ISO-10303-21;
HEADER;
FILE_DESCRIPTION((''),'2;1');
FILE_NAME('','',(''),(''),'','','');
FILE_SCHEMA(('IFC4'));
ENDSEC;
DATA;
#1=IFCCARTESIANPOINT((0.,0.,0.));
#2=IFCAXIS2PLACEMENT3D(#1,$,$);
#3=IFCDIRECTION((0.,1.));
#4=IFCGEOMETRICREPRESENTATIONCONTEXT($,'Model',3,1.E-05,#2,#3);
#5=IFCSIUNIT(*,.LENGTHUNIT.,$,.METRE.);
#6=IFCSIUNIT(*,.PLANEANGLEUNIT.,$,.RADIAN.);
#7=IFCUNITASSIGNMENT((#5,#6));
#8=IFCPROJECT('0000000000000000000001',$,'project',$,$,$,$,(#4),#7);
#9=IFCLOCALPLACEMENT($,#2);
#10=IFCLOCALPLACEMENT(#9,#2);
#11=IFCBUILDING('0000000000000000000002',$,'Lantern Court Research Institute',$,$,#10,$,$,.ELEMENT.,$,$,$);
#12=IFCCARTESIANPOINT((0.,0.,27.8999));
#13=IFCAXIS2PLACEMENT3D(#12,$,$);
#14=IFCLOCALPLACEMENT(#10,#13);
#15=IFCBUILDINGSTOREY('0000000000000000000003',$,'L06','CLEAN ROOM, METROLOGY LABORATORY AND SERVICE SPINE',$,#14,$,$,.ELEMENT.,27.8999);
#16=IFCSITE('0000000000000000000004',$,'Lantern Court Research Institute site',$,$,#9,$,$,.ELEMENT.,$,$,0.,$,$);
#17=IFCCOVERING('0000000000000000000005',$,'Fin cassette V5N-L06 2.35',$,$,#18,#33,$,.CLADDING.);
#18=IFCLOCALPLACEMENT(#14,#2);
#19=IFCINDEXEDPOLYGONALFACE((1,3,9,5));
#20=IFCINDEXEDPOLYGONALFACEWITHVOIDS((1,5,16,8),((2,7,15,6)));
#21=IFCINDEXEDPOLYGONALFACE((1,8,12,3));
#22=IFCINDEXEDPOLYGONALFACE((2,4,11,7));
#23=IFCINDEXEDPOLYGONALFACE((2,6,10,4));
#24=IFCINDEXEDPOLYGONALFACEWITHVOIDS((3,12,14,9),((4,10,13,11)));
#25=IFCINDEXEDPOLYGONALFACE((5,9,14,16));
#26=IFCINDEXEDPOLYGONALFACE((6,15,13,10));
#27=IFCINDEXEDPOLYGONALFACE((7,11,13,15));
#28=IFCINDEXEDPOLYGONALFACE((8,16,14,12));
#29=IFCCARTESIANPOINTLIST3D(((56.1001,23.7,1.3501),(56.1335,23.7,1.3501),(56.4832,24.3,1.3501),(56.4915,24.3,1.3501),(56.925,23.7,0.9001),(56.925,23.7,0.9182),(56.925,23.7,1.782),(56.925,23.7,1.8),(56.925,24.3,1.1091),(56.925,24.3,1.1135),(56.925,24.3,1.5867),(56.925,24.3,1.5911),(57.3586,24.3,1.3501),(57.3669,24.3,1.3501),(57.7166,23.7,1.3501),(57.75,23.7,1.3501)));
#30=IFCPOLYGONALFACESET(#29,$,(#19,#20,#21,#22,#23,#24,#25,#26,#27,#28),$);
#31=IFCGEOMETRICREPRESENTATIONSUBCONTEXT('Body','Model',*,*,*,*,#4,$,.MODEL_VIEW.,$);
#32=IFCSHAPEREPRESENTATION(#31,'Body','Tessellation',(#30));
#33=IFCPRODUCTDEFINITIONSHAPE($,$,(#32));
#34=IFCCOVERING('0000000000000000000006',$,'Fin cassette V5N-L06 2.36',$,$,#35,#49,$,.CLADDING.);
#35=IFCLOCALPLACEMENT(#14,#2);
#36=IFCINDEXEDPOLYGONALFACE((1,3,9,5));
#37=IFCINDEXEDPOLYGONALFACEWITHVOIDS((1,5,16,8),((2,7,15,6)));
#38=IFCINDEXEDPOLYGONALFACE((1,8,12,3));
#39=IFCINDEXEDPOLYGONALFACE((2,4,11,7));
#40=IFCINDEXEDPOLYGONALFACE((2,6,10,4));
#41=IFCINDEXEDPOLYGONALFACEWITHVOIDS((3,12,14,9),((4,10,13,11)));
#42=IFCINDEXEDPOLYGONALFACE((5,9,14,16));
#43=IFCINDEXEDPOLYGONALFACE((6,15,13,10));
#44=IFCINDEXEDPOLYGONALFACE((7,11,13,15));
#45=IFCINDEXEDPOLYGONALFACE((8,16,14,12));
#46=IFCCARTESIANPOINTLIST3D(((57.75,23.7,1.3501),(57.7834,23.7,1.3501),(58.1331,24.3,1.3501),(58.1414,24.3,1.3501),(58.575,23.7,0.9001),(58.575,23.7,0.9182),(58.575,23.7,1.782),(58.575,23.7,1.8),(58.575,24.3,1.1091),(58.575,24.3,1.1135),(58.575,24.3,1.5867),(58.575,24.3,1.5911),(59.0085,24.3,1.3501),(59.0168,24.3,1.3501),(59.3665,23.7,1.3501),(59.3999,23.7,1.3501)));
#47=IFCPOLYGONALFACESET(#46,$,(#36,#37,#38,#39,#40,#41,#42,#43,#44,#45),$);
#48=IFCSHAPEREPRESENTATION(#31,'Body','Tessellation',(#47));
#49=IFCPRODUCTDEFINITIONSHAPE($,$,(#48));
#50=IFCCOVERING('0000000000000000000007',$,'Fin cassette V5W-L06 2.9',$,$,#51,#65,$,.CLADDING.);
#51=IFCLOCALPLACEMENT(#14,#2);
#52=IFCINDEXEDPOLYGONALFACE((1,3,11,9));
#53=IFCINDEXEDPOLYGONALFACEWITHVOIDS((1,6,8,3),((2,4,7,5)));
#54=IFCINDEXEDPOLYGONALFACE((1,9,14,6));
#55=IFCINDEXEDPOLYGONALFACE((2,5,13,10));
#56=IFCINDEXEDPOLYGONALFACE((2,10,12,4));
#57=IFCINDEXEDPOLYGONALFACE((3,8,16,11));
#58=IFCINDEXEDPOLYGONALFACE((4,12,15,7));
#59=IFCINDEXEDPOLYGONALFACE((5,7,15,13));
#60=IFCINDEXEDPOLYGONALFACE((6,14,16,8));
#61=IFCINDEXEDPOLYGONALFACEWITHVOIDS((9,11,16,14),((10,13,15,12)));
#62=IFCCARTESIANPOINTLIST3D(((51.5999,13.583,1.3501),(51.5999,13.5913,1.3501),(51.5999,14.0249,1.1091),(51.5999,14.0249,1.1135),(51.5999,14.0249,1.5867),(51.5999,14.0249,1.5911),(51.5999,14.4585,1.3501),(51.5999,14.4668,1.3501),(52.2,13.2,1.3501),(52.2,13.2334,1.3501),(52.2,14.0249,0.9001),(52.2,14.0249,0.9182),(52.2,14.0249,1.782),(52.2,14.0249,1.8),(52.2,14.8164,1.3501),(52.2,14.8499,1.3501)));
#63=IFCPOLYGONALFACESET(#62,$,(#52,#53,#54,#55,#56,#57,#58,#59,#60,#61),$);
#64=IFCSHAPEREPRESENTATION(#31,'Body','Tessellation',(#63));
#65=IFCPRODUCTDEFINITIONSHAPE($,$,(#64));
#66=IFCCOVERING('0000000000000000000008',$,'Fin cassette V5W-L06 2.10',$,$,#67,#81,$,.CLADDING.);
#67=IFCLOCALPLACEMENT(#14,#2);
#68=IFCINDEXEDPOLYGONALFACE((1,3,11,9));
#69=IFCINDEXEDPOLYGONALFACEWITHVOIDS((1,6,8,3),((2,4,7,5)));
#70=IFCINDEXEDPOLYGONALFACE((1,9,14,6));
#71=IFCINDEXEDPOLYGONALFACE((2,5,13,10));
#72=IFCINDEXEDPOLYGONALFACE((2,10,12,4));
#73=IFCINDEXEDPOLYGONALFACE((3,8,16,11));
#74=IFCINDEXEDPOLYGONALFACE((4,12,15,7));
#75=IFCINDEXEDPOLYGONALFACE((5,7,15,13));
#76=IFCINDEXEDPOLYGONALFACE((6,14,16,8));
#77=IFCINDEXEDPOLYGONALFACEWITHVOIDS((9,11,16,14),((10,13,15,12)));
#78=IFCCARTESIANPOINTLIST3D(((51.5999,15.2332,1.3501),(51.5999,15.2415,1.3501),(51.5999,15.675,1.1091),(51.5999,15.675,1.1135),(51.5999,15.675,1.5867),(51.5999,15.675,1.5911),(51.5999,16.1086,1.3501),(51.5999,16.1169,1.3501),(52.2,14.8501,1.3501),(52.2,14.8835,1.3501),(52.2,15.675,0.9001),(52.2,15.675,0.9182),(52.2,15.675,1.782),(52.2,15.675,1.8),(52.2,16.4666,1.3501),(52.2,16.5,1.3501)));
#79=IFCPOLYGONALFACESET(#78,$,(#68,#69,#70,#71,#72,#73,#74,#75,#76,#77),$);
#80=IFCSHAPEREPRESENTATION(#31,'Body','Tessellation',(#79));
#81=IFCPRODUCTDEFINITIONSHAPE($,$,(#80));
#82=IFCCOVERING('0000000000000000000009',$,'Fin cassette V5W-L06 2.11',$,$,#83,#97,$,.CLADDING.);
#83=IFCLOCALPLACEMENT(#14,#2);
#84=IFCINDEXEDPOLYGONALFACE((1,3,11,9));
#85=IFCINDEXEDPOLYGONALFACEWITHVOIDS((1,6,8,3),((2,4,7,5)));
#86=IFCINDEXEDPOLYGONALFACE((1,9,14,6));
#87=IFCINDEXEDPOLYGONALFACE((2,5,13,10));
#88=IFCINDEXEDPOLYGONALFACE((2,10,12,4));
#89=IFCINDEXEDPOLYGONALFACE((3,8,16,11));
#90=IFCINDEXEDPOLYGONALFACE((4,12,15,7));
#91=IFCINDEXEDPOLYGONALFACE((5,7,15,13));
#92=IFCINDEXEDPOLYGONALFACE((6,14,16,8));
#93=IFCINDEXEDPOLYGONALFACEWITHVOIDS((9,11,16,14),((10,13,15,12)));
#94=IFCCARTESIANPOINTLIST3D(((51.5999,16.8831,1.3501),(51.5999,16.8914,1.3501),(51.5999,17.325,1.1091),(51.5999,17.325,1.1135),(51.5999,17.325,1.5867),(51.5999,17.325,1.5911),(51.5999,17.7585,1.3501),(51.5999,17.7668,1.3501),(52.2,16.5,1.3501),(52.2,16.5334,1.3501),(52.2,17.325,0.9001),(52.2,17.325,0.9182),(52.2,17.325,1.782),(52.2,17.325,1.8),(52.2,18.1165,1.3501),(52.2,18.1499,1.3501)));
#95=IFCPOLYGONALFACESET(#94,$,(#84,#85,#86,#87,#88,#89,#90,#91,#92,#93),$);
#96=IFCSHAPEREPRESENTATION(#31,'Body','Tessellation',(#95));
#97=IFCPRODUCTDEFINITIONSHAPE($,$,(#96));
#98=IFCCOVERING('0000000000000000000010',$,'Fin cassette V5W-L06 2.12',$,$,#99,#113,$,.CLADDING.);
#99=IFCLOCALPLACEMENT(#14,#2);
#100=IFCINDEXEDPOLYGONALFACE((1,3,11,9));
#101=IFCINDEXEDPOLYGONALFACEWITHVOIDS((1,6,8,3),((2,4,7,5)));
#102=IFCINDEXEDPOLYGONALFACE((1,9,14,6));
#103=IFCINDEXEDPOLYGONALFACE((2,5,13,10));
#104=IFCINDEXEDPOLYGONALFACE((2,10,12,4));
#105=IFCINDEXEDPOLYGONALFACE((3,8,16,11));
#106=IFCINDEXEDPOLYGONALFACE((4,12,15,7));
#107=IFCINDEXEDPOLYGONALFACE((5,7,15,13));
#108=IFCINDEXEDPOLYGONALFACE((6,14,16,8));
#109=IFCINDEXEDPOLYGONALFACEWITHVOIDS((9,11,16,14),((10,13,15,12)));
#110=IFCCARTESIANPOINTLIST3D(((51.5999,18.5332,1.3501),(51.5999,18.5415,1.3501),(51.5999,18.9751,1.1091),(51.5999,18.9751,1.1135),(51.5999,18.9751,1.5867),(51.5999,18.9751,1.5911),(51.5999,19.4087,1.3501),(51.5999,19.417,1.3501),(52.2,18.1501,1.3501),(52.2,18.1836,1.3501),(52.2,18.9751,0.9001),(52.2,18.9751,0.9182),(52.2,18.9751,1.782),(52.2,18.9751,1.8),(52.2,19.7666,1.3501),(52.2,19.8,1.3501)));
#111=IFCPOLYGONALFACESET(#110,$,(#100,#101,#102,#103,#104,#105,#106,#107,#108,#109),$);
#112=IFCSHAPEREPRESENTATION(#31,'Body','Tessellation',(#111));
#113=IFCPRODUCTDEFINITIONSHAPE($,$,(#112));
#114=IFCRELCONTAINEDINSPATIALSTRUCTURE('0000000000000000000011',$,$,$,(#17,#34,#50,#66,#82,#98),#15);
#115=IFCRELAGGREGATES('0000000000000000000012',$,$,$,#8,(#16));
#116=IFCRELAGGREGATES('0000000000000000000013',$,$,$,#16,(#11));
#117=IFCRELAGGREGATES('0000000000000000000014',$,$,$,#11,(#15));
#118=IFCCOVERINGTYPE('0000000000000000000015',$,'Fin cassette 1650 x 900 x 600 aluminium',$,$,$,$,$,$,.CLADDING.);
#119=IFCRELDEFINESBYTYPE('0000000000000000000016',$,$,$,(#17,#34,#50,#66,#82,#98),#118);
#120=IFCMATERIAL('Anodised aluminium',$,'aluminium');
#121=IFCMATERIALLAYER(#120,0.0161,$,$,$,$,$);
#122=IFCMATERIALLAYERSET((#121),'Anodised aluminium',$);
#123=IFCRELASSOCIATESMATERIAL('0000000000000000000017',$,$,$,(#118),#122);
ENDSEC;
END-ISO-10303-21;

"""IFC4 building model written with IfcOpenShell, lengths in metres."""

from ifc_helpers import new_model, entity, si_unit, direction, frame, origin, place, context, subcontext, project, spatial, material, layer, layer_set, type_object, element, save


model = new_model("IFC4")

# Units and contexts
model_context = context("Model", 3, precision=1e-05, world=origin(), true_north=direction((0.0, 1.0)))
body_context = subcontext(model_context, "Body", "Model", "MODEL_VIEW")
ifc_project = project(units=[si_unit("LENGTHUNIT", "METRE"), si_unit("PLANEANGLEUNIT", "RADIAN")], contexts=[model_context])

# Site, building, storey
site_placement = place(None, origin())
site = spatial("IfcSite", under=ifc_project, at=site_placement, Name="Lantern Court Research Institute site", CompositionType="ELEMENT", RefElevation=0.0)
building_placement = place(site_placement, origin())
building = spatial("IfcBuilding", under=site, at=building_placement, Name="Lantern Court Research Institute", CompositionType="ELEMENT")
storey_placement = place(building_placement, frame((0.0, 0.0, 27.8999)))
storey = spatial("IfcBuildingStorey", under=building, at=storey_placement, Name="L06", Description="CLEAN ROOM, METROLOGY LABORATORY AND SERVICE SPINE", CompositionType="ELEMENT", Elevation=27.8999)

# Coverings
ifc_material_1 = material(Name="Anodised aluminium", Category="aluminium")
ifc_layer_1 = layer(ifc_material_1, 0.0161)
ifc_layer_set_1 = layer_set([ifc_layer_1], Name="Anodised aluminium")
covering_type = type_object("IfcCoveringType", Name="Fin cassette 1650 x 900 x 600 aluminium", PredefinedType="CLADDING", material=ifc_layer_set_1)
covering_1_placement = place(storey_placement, frame((56.925, 23.7, 1.3501), z_axis=(0.0, 1.0, 0.0), x_axis=(-1.0, 0.0, 0.0)))
cartesian_point_1 = entity("IfcCartesianPoint", [0.825, 0.0])
cartesian_point_2 = entity("IfcCartesianPoint", [0.7915, 0.0])
cartesian_point_3 = entity("IfcCartesianPoint", [0.4419, 0.0])
cartesian_point_4 = entity("IfcCartesianPoint", [0.4336, 0.0])
element("IfcCovering", 1, at=covering_1_placement, inside=storey, type_object=covering_type, Name="Fin cassette V5N-L06 2.35", PredefinedType="CLADDING", context=body_context, shape_type="SweptSolid", body=[
    entity("IfcExtrudedAreaSolidTapered", entity("IfcArbitraryProfileDefWithVoids", "AREA", None, entity("IfcPolyline", [cartesian_point_1, entity("IfcCartesianPoint", [0.0, 0.45]), entity("IfcCartesianPoint", [-0.825, 0.0]), entity("IfcCartesianPoint", [0.0, -0.45]), cartesian_point_1]), [entity("IfcPolyline", [cartesian_point_2, entity("IfcCartesianPoint", [0.0, 0.4319]), entity("IfcCartesianPoint", [-0.7915, 0.0]), entity("IfcCartesianPoint", [0.0, -0.4319]), cartesian_point_2])]), entity("IfcAxis2Placement3D", entity("IfcCartesianPoint", [0.0, 0.0, 0.0])), entity("IfcDirection", [0.0, 0.0, 1.0]), 0.6001, entity("IfcArbitraryProfileDefWithVoids", "AREA", None, entity("IfcPolyline", [cartesian_point_3, entity("IfcCartesianPoint", [0.0, 0.241]), entity("IfcCartesianPoint", [-0.4419, 0.0]), entity("IfcCartesianPoint", [0.0, -0.241]), cartesian_point_3]), [entity("IfcPolyline", [cartesian_point_4, entity("IfcCartesianPoint", [0.0, 0.2366]), entity("IfcCartesianPoint", [-0.4336, 0.0]), entity("IfcCartesianPoint", [0.0, -0.2366]), cartesian_point_4])])),
])
covering_2_placement = place(storey_placement, frame((58.575, 23.7, 1.3501), z_axis=(0.0, 1.0, 0.0), x_axis=(-1.0, 0.0, 0.0)))
cartesian_point_5 = entity("IfcCartesianPoint", [0.825, 0.0])
cartesian_point_6 = entity("IfcCartesianPoint", [0.7915, 0.0])
cartesian_point_7 = entity("IfcCartesianPoint", [0.4419, 0.0])
cartesian_point_8 = entity("IfcCartesianPoint", [0.4336, 0.0])
element("IfcCovering", 2, at=covering_2_placement, inside=storey, type_object=covering_type, Name="Fin cassette V5N-L06 2.36", PredefinedType="CLADDING", context=body_context, shape_type="SweptSolid", body=[
    entity("IfcExtrudedAreaSolidTapered", entity("IfcArbitraryProfileDefWithVoids", "AREA", None, entity("IfcPolyline", [cartesian_point_5, entity("IfcCartesianPoint", [0.0, 0.45]), entity("IfcCartesianPoint", [-0.825, 0.0]), entity("IfcCartesianPoint", [0.0, -0.45]), cartesian_point_5]), [entity("IfcPolyline", [cartesian_point_6, entity("IfcCartesianPoint", [0.0, 0.4319]), entity("IfcCartesianPoint", [-0.7915, 0.0]), entity("IfcCartesianPoint", [0.0, -0.4319]), cartesian_point_6])]), entity("IfcAxis2Placement3D", entity("IfcCartesianPoint", [0.0, 0.0, 0.0])), entity("IfcDirection", [0.0, 0.0, 1.0]), 0.6001, entity("IfcArbitraryProfileDefWithVoids", "AREA", None, entity("IfcPolyline", [cartesian_point_7, entity("IfcCartesianPoint", [0.0, 0.241]), entity("IfcCartesianPoint", [-0.4419, 0.0]), entity("IfcCartesianPoint", [0.0, -0.241]), cartesian_point_7]), [entity("IfcPolyline", [cartesian_point_8, entity("IfcCartesianPoint", [0.0, 0.2366]), entity("IfcCartesianPoint", [-0.4336, 0.0]), entity("IfcCartesianPoint", [0.0, -0.2366]), cartesian_point_8])])),
])
covering_3_placement = place(storey_placement, frame((52.2, 14.0249, 1.3501), z_axis=(-1.0, 0.0, 0.0), x_axis=(0.0, -1.0, 0.0)))
cartesian_point_9 = entity("IfcCartesianPoint", [0.825, 0.0])
cartesian_point_10 = entity("IfcCartesianPoint", [0.7915, 0.0])
cartesian_point_11 = entity("IfcCartesianPoint", [0.4419, 0.0])
cartesian_point_12 = entity("IfcCartesianPoint", [0.4336, 0.0])
element("IfcCovering", 3, at=covering_3_placement, inside=storey, type_object=covering_type, Name="Fin cassette V5W-L06 2.9", PredefinedType="CLADDING", context=body_context, shape_type="SweptSolid", body=[
    entity("IfcExtrudedAreaSolidTapered", entity("IfcArbitraryProfileDefWithVoids", "AREA", None, entity("IfcPolyline", [cartesian_point_9, entity("IfcCartesianPoint", [0.0, 0.45]), entity("IfcCartesianPoint", [-0.825, 0.0]), entity("IfcCartesianPoint", [0.0, -0.45]), cartesian_point_9]), [entity("IfcPolyline", [cartesian_point_10, entity("IfcCartesianPoint", [0.0, 0.4319]), entity("IfcCartesianPoint", [-0.7915, 0.0]), entity("IfcCartesianPoint", [0.0, -0.4319]), cartesian_point_10])]), entity("IfcAxis2Placement3D", entity("IfcCartesianPoint", [0.0, 0.0, 0.0])), entity("IfcDirection", [0.0, 0.0, 1.0]), 0.6001, entity("IfcArbitraryProfileDefWithVoids", "AREA", None, entity("IfcPolyline", [cartesian_point_11, entity("IfcCartesianPoint", [0.0, 0.241]), entity("IfcCartesianPoint", [-0.4419, 0.0]), entity("IfcCartesianPoint", [0.0, -0.241]), cartesian_point_11]), [entity("IfcPolyline", [cartesian_point_12, entity("IfcCartesianPoint", [0.0, 0.2366]), entity("IfcCartesianPoint", [-0.4336, 0.0]), entity("IfcCartesianPoint", [0.0, -0.2366]), cartesian_point_12])])),
])
covering_4_placement = place(storey_placement, frame((52.2, 15.675, 1.3501), z_axis=(-1.0, 0.0, 0.0), x_axis=(0.0, -1.0, 0.0)))
cartesian_point_13 = entity("IfcCartesianPoint", [0.825, 0.0])
cartesian_point_14 = entity("IfcCartesianPoint", [0.7915, 0.0])
cartesian_point_15 = entity("IfcCartesianPoint", [0.4419, 0.0])
cartesian_point_16 = entity("IfcCartesianPoint", [0.4336, 0.0])
element("IfcCovering", 4, at=covering_4_placement, inside=storey, type_object=covering_type, Name="Fin cassette V5W-L06 2.10", PredefinedType="CLADDING", context=body_context, shape_type="SweptSolid", body=[
    entity("IfcExtrudedAreaSolidTapered", entity("IfcArbitraryProfileDefWithVoids", "AREA", None, entity("IfcPolyline", [cartesian_point_13, entity("IfcCartesianPoint", [0.0, 0.45]), entity("IfcCartesianPoint", [-0.825, 0.0]), entity("IfcCartesianPoint", [0.0, -0.45]), cartesian_point_13]), [entity("IfcPolyline", [cartesian_point_14, entity("IfcCartesianPoint", [0.0, 0.4319]), entity("IfcCartesianPoint", [-0.7915, 0.0]), entity("IfcCartesianPoint", [0.0, -0.4319]), cartesian_point_14])]), entity("IfcAxis2Placement3D", entity("IfcCartesianPoint", [0.0, 0.0, 0.0])), entity("IfcDirection", [0.0, 0.0, 1.0]), 0.6001, entity("IfcArbitraryProfileDefWithVoids", "AREA", None, entity("IfcPolyline", [cartesian_point_15, entity("IfcCartesianPoint", [0.0, 0.241]), entity("IfcCartesianPoint", [-0.4419, 0.0]), entity("IfcCartesianPoint", [0.0, -0.241]), cartesian_point_15]), [entity("IfcPolyline", [cartesian_point_16, entity("IfcCartesianPoint", [0.0, 0.2366]), entity("IfcCartesianPoint", [-0.4336, 0.0]), entity("IfcCartesianPoint", [0.0, -0.2366]), cartesian_point_16])])),
])
covering_5_placement = place(storey_placement, frame((52.2, 17.325, 1.3501), z_axis=(-1.0, 0.0, 0.0), x_axis=(0.0, -1.0, 0.0)))
cartesian_point_17 = entity("IfcCartesianPoint", [0.825, 0.0])
cartesian_point_18 = entity("IfcCartesianPoint", [0.7915, 0.0])
cartesian_point_19 = entity("IfcCartesianPoint", [0.4419, 0.0])
cartesian_point_20 = entity("IfcCartesianPoint", [0.4336, 0.0])
element("IfcCovering", 5, at=covering_5_placement, inside=storey, type_object=covering_type, Name="Fin cassette V5W-L06 2.11", PredefinedType="CLADDING", context=body_context, shape_type="SweptSolid", body=[
    entity("IfcExtrudedAreaSolidTapered", entity("IfcArbitraryProfileDefWithVoids", "AREA", None, entity("IfcPolyline", [cartesian_point_17, entity("IfcCartesianPoint", [0.0, 0.45]), entity("IfcCartesianPoint", [-0.825, 0.0]), entity("IfcCartesianPoint", [0.0, -0.45]), cartesian_point_17]), [entity("IfcPolyline", [cartesian_point_18, entity("IfcCartesianPoint", [0.0, 0.4319]), entity("IfcCartesianPoint", [-0.7915, 0.0]), entity("IfcCartesianPoint", [0.0, -0.4319]), cartesian_point_18])]), entity("IfcAxis2Placement3D", entity("IfcCartesianPoint", [0.0, 0.0, 0.0])), entity("IfcDirection", [0.0, 0.0, 1.0]), 0.6001, entity("IfcArbitraryProfileDefWithVoids", "AREA", None, entity("IfcPolyline", [cartesian_point_19, entity("IfcCartesianPoint", [0.0, 0.241]), entity("IfcCartesianPoint", [-0.4419, 0.0]), entity("IfcCartesianPoint", [0.0, -0.241]), cartesian_point_19]), [entity("IfcPolyline", [cartesian_point_20, entity("IfcCartesianPoint", [0.0, 0.2366]), entity("IfcCartesianPoint", [-0.4336, 0.0]), entity("IfcCartesianPoint", [0.0, -0.2366]), cartesian_point_20])])),
])
covering_6_placement = place(storey_placement, frame((52.2, 18.9751, 1.3501), z_axis=(-1.0, 0.0, 0.0), x_axis=(0.0, -1.0, 0.0)))
cartesian_point_21 = entity("IfcCartesianPoint", [0.825, 0.0])
cartesian_point_22 = entity("IfcCartesianPoint", [0.7915, 0.0])
cartesian_point_23 = entity("IfcCartesianPoint", [0.4419, 0.0])
cartesian_point_24 = entity("IfcCartesianPoint", [0.4336, 0.0])
element("IfcCovering", 6, at=covering_6_placement, inside=storey, type_object=covering_type, Name="Fin cassette V5W-L06 2.12", PredefinedType="CLADDING", context=body_context, shape_type="SweptSolid", body=[
    entity("IfcExtrudedAreaSolidTapered", entity("IfcArbitraryProfileDefWithVoids", "AREA", None, entity("IfcPolyline", [cartesian_point_21, entity("IfcCartesianPoint", [0.0, 0.45]), entity("IfcCartesianPoint", [-0.825, 0.0]), entity("IfcCartesianPoint", [0.0, -0.45]), cartesian_point_21]), [entity("IfcPolyline", [cartesian_point_22, entity("IfcCartesianPoint", [0.0, 0.4319]), entity("IfcCartesianPoint", [-0.7915, 0.0]), entity("IfcCartesianPoint", [0.0, -0.4319]), cartesian_point_22])]), entity("IfcAxis2Placement3D", entity("IfcCartesianPoint", [0.0, 0.0, 0.0])), entity("IfcDirection", [0.0, 0.0, 1.0]), 0.6001, entity("IfcArbitraryProfileDefWithVoids", "AREA", None, entity("IfcPolyline", [cartesian_point_23, entity("IfcCartesianPoint", [0.0, 0.241]), entity("IfcCartesianPoint", [-0.4419, 0.0]), entity("IfcCartesianPoint", [0.0, -0.241]), cartesian_point_23]), [entity("IfcPolyline", [cartesian_point_24, entity("IfcCartesianPoint", [0.0, 0.2366]), entity("IfcCartesianPoint", [-0.4336, 0.0]), entity("IfcCartesianPoint", [0.0, -0.2366]), cartesian_point_24])])),
])

save(model, "model.ifc")
